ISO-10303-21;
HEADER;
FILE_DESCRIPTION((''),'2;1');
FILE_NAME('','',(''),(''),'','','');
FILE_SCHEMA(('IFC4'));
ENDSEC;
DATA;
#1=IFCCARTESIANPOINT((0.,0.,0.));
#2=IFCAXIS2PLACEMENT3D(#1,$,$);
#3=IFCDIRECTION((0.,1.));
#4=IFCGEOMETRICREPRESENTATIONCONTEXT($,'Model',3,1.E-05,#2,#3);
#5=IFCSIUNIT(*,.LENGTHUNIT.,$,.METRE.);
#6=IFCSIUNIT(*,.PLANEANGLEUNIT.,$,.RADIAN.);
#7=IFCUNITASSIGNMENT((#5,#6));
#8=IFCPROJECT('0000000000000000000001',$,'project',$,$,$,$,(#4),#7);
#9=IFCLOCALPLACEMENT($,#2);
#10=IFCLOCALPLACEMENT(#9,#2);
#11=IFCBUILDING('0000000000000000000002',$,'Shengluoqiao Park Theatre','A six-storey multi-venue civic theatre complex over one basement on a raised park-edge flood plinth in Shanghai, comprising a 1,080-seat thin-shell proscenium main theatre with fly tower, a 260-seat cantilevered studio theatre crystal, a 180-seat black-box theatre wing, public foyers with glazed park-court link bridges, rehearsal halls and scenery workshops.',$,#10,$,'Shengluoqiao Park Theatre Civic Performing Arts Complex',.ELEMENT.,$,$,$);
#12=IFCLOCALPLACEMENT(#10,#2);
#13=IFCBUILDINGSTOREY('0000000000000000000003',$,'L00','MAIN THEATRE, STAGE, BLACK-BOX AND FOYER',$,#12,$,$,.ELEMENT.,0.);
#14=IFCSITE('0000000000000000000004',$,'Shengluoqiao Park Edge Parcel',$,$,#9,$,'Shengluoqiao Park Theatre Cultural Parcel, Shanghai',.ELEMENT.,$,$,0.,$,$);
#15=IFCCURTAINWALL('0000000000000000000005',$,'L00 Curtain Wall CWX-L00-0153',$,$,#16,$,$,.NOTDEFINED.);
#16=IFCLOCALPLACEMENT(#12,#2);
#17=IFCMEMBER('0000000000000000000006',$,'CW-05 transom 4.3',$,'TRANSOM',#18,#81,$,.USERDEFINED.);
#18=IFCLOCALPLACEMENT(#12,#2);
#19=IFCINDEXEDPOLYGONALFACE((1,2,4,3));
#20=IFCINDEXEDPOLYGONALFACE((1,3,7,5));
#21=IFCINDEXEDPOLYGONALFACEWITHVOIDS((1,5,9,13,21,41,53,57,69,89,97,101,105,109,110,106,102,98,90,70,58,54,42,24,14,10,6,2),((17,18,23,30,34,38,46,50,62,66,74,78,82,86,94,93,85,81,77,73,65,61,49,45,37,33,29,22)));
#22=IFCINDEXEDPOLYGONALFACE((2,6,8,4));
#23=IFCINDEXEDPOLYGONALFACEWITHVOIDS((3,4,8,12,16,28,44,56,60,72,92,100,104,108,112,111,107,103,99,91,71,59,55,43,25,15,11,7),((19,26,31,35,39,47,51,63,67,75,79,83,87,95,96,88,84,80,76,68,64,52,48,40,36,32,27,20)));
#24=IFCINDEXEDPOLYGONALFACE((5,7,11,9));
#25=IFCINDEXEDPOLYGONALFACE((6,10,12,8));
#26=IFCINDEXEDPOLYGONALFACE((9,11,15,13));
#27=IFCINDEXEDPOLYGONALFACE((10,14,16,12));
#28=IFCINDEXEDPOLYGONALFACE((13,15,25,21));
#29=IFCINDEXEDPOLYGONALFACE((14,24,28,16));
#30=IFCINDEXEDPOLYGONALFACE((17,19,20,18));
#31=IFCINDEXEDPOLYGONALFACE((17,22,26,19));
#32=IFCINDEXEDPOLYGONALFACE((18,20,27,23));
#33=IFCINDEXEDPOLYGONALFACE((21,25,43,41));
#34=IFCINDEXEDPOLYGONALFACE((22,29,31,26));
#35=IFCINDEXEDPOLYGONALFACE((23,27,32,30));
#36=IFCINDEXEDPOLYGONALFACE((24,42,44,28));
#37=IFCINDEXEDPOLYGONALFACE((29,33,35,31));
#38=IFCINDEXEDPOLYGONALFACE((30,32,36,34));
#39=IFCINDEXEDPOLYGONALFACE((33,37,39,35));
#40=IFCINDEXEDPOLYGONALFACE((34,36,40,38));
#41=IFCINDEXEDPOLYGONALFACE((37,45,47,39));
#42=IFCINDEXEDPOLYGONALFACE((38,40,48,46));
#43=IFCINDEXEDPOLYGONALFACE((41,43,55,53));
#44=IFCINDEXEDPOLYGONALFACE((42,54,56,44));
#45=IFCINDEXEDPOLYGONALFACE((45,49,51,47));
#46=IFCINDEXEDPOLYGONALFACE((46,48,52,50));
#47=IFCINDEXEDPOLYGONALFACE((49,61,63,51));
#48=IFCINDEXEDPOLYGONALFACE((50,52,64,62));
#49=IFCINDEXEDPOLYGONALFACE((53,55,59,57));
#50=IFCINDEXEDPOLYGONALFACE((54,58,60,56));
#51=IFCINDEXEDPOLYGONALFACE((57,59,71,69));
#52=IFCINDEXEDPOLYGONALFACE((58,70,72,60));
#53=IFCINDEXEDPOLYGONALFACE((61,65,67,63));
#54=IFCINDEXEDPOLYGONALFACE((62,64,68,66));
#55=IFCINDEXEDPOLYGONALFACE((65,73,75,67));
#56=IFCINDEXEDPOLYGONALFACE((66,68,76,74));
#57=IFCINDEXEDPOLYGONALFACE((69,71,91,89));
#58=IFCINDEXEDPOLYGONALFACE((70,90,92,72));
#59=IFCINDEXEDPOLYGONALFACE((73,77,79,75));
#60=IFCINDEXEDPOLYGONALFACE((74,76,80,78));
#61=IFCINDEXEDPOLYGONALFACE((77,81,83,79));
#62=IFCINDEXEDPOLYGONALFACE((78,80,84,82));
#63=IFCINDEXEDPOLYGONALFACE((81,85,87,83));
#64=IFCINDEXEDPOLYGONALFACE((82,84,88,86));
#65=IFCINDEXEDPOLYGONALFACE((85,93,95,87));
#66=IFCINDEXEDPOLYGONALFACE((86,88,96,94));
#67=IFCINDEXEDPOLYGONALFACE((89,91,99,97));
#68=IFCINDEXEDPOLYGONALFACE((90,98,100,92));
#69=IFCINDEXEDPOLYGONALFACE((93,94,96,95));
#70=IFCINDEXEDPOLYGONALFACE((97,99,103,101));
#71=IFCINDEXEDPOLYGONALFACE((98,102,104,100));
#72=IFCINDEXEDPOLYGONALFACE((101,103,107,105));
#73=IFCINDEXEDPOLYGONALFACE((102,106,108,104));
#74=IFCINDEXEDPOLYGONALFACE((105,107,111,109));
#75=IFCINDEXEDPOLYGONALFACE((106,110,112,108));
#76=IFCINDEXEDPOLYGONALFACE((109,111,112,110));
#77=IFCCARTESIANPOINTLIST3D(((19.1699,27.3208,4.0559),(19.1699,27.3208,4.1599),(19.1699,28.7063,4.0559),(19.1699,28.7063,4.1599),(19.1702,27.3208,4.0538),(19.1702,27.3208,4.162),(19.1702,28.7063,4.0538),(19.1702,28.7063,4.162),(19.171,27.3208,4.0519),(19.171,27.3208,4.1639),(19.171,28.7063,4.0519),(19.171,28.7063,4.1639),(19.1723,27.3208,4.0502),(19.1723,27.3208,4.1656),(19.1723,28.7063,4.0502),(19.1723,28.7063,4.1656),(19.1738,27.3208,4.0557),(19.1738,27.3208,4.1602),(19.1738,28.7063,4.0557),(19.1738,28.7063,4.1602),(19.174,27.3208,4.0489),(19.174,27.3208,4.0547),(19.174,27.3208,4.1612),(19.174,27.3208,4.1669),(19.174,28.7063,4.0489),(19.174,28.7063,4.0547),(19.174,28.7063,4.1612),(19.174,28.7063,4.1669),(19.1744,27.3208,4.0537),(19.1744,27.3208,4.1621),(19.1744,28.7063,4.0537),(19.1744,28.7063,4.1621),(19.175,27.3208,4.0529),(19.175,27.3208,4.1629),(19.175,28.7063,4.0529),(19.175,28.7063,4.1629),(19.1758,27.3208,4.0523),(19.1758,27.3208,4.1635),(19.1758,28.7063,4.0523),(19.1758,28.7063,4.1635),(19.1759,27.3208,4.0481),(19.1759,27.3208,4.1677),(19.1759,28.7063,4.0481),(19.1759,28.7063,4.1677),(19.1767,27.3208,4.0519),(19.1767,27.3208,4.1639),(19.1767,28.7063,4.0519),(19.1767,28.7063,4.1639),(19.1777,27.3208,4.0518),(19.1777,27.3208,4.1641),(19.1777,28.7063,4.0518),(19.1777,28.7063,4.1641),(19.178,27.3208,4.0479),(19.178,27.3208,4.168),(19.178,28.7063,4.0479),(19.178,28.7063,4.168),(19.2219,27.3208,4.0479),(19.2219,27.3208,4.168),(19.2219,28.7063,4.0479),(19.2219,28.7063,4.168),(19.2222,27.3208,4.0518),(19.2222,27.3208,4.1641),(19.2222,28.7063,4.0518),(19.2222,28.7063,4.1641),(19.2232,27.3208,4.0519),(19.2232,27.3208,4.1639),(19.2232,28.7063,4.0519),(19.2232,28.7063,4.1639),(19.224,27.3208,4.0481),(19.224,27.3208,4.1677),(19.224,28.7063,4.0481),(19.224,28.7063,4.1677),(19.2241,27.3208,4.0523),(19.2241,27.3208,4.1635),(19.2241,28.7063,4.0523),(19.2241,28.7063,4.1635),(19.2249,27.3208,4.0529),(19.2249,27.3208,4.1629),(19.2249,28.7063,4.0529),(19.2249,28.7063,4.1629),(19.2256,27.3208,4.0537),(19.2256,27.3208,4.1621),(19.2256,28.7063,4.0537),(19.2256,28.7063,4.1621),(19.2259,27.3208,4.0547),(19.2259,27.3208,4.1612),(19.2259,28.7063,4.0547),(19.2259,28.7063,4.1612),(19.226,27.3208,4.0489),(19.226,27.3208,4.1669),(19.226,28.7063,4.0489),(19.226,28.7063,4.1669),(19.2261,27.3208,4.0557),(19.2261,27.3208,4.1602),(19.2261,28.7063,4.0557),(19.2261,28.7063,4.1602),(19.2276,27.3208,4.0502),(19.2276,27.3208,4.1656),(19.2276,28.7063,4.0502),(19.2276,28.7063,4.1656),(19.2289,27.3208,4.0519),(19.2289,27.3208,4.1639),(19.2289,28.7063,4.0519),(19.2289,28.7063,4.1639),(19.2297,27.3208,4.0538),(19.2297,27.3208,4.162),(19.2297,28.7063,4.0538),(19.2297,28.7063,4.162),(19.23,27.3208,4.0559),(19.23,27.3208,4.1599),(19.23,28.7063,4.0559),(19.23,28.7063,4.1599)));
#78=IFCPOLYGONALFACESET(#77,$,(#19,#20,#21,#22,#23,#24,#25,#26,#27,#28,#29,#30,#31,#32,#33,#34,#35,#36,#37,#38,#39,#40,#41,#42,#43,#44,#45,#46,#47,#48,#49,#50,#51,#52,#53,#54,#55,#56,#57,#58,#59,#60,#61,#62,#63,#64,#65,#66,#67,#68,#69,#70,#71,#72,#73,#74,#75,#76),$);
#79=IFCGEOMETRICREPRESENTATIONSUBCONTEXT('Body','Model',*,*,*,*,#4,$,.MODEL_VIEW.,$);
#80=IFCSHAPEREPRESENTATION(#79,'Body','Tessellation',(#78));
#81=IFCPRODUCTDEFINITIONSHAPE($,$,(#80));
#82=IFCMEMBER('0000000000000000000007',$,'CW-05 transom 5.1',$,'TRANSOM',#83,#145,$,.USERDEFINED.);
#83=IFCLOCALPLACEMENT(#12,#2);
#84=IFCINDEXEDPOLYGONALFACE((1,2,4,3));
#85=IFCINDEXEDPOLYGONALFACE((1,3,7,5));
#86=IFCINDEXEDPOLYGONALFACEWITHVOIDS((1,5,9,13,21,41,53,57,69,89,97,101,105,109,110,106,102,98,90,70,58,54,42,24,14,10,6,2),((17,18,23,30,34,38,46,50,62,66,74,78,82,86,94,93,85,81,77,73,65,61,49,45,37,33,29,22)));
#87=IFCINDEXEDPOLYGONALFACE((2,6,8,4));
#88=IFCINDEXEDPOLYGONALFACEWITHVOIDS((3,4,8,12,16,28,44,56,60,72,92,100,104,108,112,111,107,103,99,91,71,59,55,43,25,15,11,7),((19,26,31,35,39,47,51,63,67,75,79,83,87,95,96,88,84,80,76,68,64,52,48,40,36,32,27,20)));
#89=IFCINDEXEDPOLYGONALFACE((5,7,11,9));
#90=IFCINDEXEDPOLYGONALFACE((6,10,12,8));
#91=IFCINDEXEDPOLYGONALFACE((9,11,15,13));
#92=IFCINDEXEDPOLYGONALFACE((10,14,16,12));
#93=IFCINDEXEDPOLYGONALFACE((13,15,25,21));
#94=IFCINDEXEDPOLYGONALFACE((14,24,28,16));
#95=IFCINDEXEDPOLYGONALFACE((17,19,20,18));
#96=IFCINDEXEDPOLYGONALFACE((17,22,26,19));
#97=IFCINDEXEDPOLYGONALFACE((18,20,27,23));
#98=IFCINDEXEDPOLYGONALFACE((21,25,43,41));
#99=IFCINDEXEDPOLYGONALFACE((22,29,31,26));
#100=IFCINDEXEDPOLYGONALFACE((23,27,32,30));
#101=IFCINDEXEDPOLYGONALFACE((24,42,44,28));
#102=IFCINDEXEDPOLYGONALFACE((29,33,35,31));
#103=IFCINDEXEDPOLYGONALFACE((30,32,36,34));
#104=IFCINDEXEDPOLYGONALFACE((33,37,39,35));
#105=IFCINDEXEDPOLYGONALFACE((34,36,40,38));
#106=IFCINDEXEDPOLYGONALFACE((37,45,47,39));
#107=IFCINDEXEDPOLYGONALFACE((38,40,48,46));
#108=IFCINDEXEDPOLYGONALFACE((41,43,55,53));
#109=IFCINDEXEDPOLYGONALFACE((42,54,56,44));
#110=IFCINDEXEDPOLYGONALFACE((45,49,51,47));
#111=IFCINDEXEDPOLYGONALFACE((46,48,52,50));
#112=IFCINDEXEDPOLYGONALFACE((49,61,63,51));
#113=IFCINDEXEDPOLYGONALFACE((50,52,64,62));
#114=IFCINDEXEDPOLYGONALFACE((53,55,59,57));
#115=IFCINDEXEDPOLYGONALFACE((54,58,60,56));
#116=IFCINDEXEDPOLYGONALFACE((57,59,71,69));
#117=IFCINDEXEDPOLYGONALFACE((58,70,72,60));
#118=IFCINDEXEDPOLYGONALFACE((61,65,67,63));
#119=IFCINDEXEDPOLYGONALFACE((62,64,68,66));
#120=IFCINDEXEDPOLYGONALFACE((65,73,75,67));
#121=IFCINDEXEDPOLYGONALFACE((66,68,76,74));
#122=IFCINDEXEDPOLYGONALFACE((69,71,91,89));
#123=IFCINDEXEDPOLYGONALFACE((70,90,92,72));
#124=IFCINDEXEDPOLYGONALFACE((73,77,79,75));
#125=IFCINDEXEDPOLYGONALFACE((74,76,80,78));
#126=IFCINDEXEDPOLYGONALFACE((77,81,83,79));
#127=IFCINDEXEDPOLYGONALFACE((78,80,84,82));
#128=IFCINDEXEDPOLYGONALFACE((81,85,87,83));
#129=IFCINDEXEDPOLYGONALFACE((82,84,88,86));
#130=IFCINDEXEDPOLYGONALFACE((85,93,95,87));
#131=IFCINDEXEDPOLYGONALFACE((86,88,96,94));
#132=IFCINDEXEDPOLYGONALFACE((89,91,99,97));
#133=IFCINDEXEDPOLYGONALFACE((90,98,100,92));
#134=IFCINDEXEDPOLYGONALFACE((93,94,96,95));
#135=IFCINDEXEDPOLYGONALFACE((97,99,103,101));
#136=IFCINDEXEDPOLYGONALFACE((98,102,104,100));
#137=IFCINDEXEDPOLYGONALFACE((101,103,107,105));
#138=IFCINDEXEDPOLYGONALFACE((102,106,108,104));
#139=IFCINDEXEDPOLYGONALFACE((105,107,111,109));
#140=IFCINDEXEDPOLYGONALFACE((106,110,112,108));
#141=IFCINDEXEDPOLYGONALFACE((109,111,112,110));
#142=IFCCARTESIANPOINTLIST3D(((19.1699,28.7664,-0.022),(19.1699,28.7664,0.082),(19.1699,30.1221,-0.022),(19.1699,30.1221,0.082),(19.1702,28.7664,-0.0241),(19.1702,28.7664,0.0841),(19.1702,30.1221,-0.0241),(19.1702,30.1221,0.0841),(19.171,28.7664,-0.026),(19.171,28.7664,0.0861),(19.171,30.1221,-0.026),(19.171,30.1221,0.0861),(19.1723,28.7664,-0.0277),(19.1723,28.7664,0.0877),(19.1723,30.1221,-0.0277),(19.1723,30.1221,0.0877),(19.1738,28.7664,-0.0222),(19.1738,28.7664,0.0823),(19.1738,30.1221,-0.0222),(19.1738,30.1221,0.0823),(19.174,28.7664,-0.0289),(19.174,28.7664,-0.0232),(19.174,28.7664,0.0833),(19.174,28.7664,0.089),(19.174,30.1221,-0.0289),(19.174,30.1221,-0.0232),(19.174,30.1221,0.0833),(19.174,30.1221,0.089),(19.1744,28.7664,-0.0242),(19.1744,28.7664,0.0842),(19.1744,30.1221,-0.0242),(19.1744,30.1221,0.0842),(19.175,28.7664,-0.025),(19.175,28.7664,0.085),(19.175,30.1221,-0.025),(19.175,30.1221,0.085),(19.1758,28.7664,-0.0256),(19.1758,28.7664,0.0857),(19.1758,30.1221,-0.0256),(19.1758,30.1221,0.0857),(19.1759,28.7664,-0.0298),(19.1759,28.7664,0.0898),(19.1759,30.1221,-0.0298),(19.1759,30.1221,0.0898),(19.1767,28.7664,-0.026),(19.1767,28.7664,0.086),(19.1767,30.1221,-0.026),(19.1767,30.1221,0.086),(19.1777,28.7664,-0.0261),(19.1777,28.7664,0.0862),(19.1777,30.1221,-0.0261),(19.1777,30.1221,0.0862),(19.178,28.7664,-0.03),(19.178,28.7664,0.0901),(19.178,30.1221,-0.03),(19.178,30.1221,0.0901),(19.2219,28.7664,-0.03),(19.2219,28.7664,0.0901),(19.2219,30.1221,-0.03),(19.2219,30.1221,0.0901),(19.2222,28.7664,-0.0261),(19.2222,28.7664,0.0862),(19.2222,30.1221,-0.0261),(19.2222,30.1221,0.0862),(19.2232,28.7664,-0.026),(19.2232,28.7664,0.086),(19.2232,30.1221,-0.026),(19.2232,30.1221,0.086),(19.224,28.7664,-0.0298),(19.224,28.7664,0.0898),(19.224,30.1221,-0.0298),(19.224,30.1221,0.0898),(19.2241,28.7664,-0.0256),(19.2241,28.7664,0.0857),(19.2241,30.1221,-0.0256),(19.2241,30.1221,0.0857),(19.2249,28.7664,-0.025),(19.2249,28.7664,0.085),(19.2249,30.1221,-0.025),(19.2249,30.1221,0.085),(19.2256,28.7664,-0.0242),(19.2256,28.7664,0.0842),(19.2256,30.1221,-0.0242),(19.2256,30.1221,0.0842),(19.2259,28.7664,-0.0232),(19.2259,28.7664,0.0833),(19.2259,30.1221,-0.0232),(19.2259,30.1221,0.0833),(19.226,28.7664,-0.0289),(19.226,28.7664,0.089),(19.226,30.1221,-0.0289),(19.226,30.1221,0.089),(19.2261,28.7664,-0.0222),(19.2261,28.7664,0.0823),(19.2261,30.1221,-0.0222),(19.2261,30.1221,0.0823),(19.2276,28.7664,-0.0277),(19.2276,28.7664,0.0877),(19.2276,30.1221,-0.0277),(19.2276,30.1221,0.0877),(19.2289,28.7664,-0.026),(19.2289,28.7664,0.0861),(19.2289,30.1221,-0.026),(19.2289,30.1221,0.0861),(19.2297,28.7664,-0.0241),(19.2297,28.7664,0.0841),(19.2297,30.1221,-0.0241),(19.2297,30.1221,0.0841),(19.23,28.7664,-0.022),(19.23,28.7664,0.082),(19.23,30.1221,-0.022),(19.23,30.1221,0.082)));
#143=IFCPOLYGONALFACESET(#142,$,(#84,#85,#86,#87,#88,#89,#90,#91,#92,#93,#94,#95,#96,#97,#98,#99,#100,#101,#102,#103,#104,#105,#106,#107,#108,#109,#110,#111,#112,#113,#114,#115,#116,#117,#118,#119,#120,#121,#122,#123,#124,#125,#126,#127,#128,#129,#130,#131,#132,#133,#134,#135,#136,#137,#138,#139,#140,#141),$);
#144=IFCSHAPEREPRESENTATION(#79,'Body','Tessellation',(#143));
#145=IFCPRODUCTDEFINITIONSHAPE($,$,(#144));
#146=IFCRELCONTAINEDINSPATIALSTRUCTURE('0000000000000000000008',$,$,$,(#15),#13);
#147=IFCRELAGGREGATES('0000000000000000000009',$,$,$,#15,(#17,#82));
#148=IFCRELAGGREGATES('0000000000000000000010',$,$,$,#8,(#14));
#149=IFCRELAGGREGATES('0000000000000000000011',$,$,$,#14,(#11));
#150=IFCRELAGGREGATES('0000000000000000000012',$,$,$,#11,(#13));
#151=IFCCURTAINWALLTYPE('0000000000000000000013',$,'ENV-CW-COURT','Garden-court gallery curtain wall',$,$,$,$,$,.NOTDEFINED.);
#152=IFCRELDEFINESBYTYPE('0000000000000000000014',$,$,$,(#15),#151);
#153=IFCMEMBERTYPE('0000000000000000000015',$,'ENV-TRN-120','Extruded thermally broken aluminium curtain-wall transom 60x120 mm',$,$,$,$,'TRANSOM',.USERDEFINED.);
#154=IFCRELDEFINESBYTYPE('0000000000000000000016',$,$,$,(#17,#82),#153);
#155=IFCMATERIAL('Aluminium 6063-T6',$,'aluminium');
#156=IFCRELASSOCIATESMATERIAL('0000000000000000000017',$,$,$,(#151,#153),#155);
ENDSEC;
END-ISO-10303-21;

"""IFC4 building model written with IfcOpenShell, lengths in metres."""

from ifc_helpers import new_model, si_unit, direction, frame, origin, origin_2d, place, context, subcontext, project, spatial, hollow_rectangle, extrude, material, material_profile, profile_set, type_object, element, aggregate, save


model = new_model("IFC4")

# Units and contexts
model_context = context("Model", 3, precision=1e-05, world=origin(), true_north=direction((0.0, 1.0)))
body_context = subcontext(model_context, "Body", "Model", "MODEL_VIEW")
ifc_project = project(units=[si_unit("LENGTHUNIT", "METRE"), si_unit("PLANEANGLEUNIT", "RADIAN")], contexts=[model_context])

# Site, building, storey
site_placement = place(None, origin())
site = spatial("IfcSite", under=ifc_project, at=site_placement, Name="Shengluoqiao Park Edge Parcel", LongName="Shengluoqiao Park Theatre Cultural Parcel, Shanghai", CompositionType="ELEMENT", RefElevation=0.0)
building_placement = place(site_placement, origin())
building = spatial("IfcBuilding", under=site, at=building_placement, Name="Shengluoqiao Park Theatre", Description="A six-storey multi-venue civic theatre complex over one basement on a raised park-edge flood plinth in Shanghai, comprising a 1,080-seat thin-shell proscenium main theatre with fly tower, a 260-seat cantilevered studio theatre crystal, a 180-seat black-box theatre wing, public foyers with glazed park-court link bridges, rehearsal halls and scenery workshops.", LongName="Shengluoqiao Park Theatre Civic Performing Arts Complex", CompositionType="ELEMENT")
storey_placement = place(building_placement, origin())
storey = spatial("IfcBuildingStorey", under=building, at=storey_placement, Name="L00", Description="MAIN THEATRE, STAGE, BLACK-BOX AND FOYER", CompositionType="ELEMENT", Elevation=0.0)

# Shared definitions
ifc_material_1 = material(Name="Aluminium 6063-T6", Category="aluminium")

# Curtain wall, members
curtain_wall_type_1 = type_object("IfcCurtainWallType", Name="ENV-CW-COURT", Description="Garden-court gallery curtain wall", PredefinedType="NOTDEFINED", material=ifc_material_1)
curtain_wall_1_placement = place(storey_placement, origin())
curtain_wall_1 = element("IfcCurtainWall", 1, at=curtain_wall_1_placement, inside=storey, type_object=curtain_wall_type_1, Name="L00 Curtain Wall CWX-L00-0153", PredefinedType="NOTDEFINED")
ifc_material_profile_1 = material_profile(ifc_material_1, hollow_rectangle(XDim=0.0601, YDim=0.1201, WallThickness=0.0039, InnerFilletRadius=0.0039, OuterFilletRadius=0.0081, at=origin_2d()), Name="ALU TRANSOM 120x60x4")
ifc_profile_set_1 = profile_set([ifc_material_profile_1], Name="Aluminium 6063-T6")
member_type_1 = type_object("IfcMemberType", Name="ENV-TRN-120", Description="Extruded thermally broken aluminium curtain-wall transom 60x120 mm", ElementType="TRANSOM", PredefinedType="USERDEFINED", material=ifc_profile_set_1)
member_1_placement = place(storey_placement, frame((19.2, 27.3208, 4.1079), z_axis=(0.0, 1.0, 0.0), x_axis=(-1.0, 0.0, 0.0)))
member_1 = element("IfcMember", 2, at=member_1_placement, type_object=member_type_1, Name="CW-05 transom 4.3", ObjectType="TRANSOM", PredefinedType="USERDEFINED", context=body_context, shape_type="SweptSolid", body=[
    extrude(hollow_rectangle(XDim=0.0601, YDim=0.1201, WallThickness=0.0039, InnerFilletRadius=0.0039, OuterFilletRadius=0.0081, at=origin_2d()), origin(), (0.0, 0.0, 1.0), 1.3855),
])
member_2_placement = place(storey_placement, frame((19.2, 28.7664, 0.03), z_axis=(0.0, 1.0, 0.0), x_axis=(-1.0, 0.0, 0.0)))
member_2 = element("IfcMember", 3, at=member_2_placement, type_object=member_type_1, Name="CW-05 transom 5.1", ObjectType="TRANSOM", PredefinedType="USERDEFINED", context=body_context, shape_type="SweptSolid", body=[
    extrude(hollow_rectangle(XDim=0.0601, YDim=0.1201, WallThickness=0.0039, InnerFilletRadius=0.0039, OuterFilletRadius=0.0081, at=origin_2d()), origin(), (0.0, 0.0, 1.0), 1.3557),
])
aggregate(curtain_wall_1, [member_1, member_2])

save(model, "model.ifc")
